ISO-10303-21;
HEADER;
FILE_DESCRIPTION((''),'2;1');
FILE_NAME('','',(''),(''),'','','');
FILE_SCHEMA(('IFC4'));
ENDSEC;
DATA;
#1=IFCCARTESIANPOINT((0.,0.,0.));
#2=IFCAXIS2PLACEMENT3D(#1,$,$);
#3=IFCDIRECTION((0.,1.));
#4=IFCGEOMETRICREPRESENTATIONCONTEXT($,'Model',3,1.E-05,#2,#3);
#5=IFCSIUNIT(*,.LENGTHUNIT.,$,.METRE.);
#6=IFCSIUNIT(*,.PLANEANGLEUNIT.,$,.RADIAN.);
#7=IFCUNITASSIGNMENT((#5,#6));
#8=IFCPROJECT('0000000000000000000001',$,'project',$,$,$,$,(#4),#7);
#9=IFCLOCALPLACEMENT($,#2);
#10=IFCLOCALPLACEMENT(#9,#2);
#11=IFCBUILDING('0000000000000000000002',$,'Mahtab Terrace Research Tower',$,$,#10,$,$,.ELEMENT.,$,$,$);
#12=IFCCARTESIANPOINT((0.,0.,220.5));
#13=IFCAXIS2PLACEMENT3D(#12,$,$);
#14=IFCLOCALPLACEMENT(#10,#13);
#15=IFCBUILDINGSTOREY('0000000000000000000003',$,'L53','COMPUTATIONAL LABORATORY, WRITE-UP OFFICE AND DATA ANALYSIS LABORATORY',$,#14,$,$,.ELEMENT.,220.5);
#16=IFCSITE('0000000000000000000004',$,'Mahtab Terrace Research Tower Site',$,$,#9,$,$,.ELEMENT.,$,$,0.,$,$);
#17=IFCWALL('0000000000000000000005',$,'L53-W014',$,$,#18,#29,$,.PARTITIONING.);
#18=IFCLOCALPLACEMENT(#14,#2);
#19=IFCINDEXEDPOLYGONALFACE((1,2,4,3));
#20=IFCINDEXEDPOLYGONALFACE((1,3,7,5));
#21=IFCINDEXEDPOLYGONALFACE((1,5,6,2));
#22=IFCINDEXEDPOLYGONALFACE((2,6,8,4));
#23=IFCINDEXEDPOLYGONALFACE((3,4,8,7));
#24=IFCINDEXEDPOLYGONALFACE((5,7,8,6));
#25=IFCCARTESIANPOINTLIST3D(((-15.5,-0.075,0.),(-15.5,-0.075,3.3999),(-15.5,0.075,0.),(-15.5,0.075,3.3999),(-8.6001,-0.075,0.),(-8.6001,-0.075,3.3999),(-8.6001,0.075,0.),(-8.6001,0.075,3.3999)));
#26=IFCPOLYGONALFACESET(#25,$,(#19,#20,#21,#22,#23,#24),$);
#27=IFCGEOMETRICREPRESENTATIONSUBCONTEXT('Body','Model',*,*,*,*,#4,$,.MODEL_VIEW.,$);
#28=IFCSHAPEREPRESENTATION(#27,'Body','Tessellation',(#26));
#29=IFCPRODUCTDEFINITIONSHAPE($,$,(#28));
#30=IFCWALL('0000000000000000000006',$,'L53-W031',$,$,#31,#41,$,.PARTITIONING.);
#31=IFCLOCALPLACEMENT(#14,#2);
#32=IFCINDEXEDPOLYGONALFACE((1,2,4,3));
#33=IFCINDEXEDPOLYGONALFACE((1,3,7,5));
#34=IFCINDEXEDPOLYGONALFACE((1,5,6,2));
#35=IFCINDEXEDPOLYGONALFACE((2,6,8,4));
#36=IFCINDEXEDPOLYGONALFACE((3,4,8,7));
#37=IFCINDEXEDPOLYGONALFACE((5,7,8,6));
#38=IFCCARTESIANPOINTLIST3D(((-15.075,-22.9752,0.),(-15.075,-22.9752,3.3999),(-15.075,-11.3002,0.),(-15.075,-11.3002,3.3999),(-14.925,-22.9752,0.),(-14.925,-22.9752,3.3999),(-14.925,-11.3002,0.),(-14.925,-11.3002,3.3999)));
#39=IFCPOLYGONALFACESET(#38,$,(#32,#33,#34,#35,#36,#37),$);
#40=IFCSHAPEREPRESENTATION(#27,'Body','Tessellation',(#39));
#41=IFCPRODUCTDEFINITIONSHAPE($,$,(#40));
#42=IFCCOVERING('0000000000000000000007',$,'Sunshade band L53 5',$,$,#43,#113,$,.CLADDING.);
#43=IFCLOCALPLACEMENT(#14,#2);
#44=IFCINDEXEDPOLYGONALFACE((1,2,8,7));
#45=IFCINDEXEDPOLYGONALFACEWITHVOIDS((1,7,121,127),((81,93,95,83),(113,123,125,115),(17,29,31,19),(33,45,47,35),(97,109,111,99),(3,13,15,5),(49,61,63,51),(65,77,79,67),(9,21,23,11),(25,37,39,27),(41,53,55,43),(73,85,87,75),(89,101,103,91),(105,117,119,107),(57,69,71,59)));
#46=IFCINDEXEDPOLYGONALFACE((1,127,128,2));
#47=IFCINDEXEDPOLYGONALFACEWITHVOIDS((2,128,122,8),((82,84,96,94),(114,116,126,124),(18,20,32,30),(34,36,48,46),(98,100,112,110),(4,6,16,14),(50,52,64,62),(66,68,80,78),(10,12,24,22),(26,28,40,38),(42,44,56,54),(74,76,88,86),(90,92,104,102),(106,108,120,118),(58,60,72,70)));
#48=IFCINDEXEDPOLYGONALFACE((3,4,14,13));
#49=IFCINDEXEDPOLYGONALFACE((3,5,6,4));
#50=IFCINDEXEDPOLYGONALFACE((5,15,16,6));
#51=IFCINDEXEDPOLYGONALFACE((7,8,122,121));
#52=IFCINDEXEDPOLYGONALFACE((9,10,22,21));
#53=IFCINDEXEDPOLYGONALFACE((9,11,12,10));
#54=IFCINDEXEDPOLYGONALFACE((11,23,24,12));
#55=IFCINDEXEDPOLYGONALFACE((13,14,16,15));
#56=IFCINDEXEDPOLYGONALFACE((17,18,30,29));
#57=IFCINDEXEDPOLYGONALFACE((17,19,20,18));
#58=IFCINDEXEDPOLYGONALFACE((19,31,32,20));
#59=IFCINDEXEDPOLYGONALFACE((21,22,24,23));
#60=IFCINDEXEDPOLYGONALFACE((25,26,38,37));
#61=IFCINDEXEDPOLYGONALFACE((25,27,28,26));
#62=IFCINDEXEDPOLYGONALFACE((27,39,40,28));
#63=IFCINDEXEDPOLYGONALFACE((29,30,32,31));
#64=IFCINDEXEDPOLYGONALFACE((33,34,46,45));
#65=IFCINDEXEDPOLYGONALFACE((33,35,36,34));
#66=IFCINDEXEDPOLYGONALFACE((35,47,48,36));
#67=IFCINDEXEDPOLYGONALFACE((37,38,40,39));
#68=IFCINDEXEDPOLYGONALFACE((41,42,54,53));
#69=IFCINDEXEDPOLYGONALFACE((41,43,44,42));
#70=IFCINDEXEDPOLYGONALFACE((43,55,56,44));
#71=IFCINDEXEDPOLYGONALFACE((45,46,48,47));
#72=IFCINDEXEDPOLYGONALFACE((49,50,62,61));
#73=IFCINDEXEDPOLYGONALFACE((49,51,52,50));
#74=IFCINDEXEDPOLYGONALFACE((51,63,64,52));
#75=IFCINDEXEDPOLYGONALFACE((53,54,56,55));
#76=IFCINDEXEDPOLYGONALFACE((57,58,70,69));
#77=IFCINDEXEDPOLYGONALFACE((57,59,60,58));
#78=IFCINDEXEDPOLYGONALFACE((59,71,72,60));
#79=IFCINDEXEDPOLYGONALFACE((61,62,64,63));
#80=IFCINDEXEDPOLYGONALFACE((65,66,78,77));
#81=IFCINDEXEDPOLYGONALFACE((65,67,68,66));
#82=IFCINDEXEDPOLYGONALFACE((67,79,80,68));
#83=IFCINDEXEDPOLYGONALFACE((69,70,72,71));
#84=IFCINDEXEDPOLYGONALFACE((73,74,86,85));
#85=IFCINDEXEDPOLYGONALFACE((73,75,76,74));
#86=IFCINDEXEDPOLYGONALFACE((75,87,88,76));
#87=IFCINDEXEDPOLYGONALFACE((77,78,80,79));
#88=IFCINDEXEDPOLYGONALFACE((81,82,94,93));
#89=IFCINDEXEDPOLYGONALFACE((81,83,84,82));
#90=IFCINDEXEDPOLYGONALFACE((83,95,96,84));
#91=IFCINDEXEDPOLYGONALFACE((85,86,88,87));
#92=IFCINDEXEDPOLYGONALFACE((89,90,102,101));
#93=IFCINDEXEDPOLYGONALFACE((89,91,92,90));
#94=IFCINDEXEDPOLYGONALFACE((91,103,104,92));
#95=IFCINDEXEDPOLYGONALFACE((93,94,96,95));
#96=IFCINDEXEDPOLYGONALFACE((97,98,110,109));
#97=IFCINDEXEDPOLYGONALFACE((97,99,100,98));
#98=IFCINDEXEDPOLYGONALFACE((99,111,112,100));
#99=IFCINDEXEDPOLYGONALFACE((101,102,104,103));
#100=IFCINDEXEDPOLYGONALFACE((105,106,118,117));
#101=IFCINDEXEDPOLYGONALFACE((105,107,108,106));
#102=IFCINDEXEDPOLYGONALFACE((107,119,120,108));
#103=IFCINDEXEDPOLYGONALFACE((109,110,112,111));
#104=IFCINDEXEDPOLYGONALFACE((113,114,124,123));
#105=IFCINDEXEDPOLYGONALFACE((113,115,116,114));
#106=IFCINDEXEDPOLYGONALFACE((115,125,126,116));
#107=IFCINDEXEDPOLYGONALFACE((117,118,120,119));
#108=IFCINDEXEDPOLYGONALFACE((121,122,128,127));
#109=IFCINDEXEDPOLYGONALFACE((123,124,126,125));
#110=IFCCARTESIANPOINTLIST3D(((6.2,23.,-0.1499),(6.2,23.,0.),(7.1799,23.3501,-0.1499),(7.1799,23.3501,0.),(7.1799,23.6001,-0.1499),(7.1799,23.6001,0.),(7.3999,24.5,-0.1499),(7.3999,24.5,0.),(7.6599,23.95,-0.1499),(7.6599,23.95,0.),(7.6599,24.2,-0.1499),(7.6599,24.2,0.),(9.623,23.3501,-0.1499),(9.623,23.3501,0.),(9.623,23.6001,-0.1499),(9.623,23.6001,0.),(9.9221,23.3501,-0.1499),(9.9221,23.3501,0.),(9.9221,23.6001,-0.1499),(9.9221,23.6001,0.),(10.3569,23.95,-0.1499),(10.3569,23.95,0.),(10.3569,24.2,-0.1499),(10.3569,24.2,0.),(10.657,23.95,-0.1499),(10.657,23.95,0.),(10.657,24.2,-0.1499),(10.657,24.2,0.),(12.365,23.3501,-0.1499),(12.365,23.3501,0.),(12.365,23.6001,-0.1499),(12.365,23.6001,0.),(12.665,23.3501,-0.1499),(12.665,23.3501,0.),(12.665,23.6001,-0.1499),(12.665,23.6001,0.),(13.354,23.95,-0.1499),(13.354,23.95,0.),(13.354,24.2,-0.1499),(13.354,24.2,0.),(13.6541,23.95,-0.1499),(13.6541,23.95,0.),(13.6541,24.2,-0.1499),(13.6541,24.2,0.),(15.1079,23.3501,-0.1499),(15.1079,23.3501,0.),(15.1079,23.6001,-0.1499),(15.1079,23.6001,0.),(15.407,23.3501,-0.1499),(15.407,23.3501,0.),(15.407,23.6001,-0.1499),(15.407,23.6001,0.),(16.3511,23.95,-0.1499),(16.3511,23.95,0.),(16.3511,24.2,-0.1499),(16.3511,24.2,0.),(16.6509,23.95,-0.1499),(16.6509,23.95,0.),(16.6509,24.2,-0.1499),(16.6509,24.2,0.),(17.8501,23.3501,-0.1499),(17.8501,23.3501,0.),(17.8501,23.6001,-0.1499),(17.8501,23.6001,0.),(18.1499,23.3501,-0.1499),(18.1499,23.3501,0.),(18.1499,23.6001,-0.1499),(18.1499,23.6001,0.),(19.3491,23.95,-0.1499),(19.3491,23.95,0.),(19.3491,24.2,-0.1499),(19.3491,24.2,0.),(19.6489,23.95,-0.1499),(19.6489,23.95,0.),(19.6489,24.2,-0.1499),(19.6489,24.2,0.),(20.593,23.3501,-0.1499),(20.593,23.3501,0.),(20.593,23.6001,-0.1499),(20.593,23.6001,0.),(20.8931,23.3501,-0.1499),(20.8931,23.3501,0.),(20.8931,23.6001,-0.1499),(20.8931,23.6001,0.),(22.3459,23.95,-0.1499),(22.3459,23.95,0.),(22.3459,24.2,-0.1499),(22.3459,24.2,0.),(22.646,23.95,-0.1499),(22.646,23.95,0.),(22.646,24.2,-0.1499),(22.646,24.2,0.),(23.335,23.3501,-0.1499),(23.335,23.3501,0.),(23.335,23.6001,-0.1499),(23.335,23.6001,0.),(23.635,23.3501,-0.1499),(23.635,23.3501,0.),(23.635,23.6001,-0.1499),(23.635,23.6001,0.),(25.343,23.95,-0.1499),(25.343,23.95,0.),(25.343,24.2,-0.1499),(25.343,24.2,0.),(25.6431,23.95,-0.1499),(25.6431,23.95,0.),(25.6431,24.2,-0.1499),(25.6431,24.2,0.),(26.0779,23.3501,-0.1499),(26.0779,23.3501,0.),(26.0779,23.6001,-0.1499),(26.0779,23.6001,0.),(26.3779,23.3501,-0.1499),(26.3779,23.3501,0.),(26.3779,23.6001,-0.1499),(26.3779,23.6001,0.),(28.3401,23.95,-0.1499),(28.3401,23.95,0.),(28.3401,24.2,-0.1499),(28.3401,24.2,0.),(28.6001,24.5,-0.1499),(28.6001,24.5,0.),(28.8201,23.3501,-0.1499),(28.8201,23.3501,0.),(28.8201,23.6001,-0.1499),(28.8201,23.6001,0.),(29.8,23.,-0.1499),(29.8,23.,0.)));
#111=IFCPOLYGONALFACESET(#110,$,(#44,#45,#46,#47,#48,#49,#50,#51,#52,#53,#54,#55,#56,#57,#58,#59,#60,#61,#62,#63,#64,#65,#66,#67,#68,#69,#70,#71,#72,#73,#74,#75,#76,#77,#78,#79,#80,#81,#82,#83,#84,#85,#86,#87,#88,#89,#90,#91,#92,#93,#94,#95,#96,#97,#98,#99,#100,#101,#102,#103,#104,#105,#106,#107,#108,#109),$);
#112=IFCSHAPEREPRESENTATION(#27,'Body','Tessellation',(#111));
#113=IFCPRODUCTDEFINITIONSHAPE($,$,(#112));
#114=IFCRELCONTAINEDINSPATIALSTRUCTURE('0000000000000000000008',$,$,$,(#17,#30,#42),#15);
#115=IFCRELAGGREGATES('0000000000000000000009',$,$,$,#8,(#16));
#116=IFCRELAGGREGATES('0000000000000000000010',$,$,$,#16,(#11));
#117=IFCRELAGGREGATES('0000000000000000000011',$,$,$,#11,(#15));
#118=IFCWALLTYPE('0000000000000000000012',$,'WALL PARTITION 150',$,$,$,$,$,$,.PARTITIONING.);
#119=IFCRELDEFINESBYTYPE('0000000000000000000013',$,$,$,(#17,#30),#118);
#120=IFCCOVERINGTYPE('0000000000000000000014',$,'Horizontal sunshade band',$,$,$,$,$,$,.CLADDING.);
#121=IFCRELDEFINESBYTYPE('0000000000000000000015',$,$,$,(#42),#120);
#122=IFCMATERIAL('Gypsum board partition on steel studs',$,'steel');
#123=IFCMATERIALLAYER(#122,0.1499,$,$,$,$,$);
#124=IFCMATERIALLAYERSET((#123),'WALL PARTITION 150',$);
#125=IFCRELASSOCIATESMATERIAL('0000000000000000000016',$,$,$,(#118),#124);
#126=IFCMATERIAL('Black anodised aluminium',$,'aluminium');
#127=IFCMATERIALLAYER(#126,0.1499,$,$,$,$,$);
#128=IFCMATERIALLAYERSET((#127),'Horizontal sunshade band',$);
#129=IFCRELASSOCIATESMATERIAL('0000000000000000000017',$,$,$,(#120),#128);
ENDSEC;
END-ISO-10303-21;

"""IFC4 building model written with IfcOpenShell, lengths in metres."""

from ifc_helpers import new_model, si_unit, direction, frame, frame_2d, origin, place, context, subcontext, project, spatial, polyline, rectangle, outline, extrude, material, layer, layer_set, type_object, element, save


model = new_model("IFC4")

# Units and contexts
model_context = context("Model", 3, precision=1e-05, world=origin(), true_north=direction((0.0, 1.0)))
body_context = subcontext(model_context, "Body", "Model", "MODEL_VIEW")
ifc_project = project(units=[si_unit("LENGTHUNIT", "METRE"), si_unit("PLANEANGLEUNIT", "RADIAN")], contexts=[model_context])

# Site, building, storey
site_placement = place(None, origin())
site = spatial("IfcSite", under=ifc_project, at=site_placement, Name="Mahtab Terrace Research Tower Site", CompositionType="ELEMENT", RefElevation=0.0)
building_placement = place(site_placement, origin())
building = spatial("IfcBuilding", under=site, at=building_placement, Name="Mahtab Terrace Research Tower", CompositionType="ELEMENT")
storey_placement = place(building_placement, frame((0.0, 0.0, 220.5)))
storey = spatial("IfcBuildingStorey", under=building, at=storey_placement, Name="L53", Description="COMPUTATIONAL LABORATORY, WRITE-UP OFFICE AND DATA ANALYSIS LABORATORY", CompositionType="ELEMENT", Elevation=220.5)

# Walls
ifc_material_1 = material(Name="Gypsum board partition on steel studs", Category="steel")
ifc_layer_1 = layer(ifc_material_1, 0.1499)
ifc_layer_set_1 = layer_set([ifc_layer_1], Name="WALL PARTITION 150")
wall_type_1 = type_object("IfcWallType", Name="WALL PARTITION 150", PredefinedType="PARTITIONING", material=ifc_layer_set_1)
wall_1_placement = place(storey_placement, frame((-15.5, 0.0, 0.0), z_axis=(0.0, 0.0, 1.0), x_axis=(1.0, 0.0, 0.0)))
element("IfcWall", 1, at=wall_1_placement, inside=storey, type_object=wall_type_1, Name="L53-W014", PredefinedType="PARTITIONING", context=body_context, shape_type="SweptSolid", body=[
    extrude(rectangle(XDim=6.8999, YDim=0.1499, at=frame_2d((3.45, 0.0))), origin(), (0.0, 0.0, 1.0), 3.3999),
])
wall_2_placement = place(storey_placement, frame((-15.0, -22.9751, 0.0), z_axis=(0.0, 0.0, 1.0), x_axis=(0.0, 1.0, 0.0)))
element("IfcWall", 2, at=wall_2_placement, inside=storey, type_object=wall_type_1, Name="L53-W031", PredefinedType="PARTITIONING", context=body_context, shape_type="SweptSolid", body=[
    extrude(rectangle(XDim=11.675, YDim=0.1499, at=frame_2d((5.8374, 0.0))), origin(), (0.0, 0.0, 1.0), 3.3999),
])

# Covering
ifc_material_2 = material(Name="Black anodised aluminium", Category="aluminium")
ifc_layer_2 = layer(ifc_material_2, 0.1499)
ifc_layer_set_2 = layer_set([ifc_layer_2], Name="Horizontal sunshade band")
covering_type = type_object("IfcCoveringType", Name="Horizontal sunshade band", PredefinedType="CLADDING", material=ifc_layer_set_2)
covering_placement = place(storey_placement, frame((0.0, 0.0, -0.1499)))
element("IfcCovering", 3, at=covering_placement, inside=storey, type_object=covering_type, Name="Sunshade band L53 5", PredefinedType="CLADDING", context=body_context, shape_type="SweptSolid", body=[
    extrude(outline(polyline([(29.8, 23.0), (6.2, 23.0), (7.3999, 24.5), (28.6001, 24.5), (29.8, 23.0)]), holes=[polyline([(28.8201, 23.3501), (26.3779, 23.3501), (26.3779, 23.6001), (28.8201, 23.6001), (28.8201, 23.3501)]), polyline([(26.0779, 23.3501), (23.635, 23.3501), (23.635, 23.6001), (26.0779, 23.6001), (26.0779, 23.3501)]), polyline([(23.335, 23.3501), (20.8931, 23.3501), (20.8931, 23.6001), (23.335, 23.6001), (23.335, 23.3501)]), polyline([(20.593, 23.3501), (18.1499, 23.3501), (18.1499, 23.6001), (20.593, 23.6001), (20.593, 23.3501)]), polyline([(17.8501, 23.3501), (15.407, 23.3501), (15.407, 23.6001), (17.8501, 23.6001), (17.8501, 23.3501)]), polyline([(15.1079, 23.3501), (12.665, 23.3501), (12.665, 23.6001), (15.1079, 23.6001), (15.1079, 23.3501)]), polyline([(12.365, 23.3501), (9.9221, 23.3501), (9.9221, 23.6001), (12.365, 23.6001), (12.365, 23.3501)]), polyline([(9.623, 23.3501), (7.1799, 23.3501), (7.1799, 23.6001), (9.623, 23.6001), (9.623, 23.3501)]), polyline([(28.3401, 23.95), (25.6431, 23.95), (25.6431, 24.2), (28.3401, 24.2), (28.3401, 23.95)]), polyline([(25.343, 23.95), (22.646, 23.95), (22.646, 24.2), (25.343, 24.2), (25.343, 23.95)]), polyline([(22.3459, 23.95), (19.6489, 23.95), (19.6489, 24.2), (22.3459, 24.2), (22.3459, 23.95)]), polyline([(19.3491, 23.95), (16.6509, 23.95), (16.6509, 24.2), (19.3491, 24.2), (19.3491, 23.95)]), polyline([(16.3511, 23.95), (13.6541, 23.95), (13.6541, 24.2), (16.3511, 24.2), (16.3511, 23.95)]), polyline([(13.354, 23.95), (10.657, 23.95), (10.657, 24.2), (13.354, 24.2), (13.354, 23.95)]), polyline([(10.3569, 23.95), (7.6599, 23.95), (7.6599, 24.2), (10.3569, 24.2), (10.3569, 23.95)])]), origin(), (0.0, 0.0, 1.0), 0.1499),
])

save(model, "model.ifc")
